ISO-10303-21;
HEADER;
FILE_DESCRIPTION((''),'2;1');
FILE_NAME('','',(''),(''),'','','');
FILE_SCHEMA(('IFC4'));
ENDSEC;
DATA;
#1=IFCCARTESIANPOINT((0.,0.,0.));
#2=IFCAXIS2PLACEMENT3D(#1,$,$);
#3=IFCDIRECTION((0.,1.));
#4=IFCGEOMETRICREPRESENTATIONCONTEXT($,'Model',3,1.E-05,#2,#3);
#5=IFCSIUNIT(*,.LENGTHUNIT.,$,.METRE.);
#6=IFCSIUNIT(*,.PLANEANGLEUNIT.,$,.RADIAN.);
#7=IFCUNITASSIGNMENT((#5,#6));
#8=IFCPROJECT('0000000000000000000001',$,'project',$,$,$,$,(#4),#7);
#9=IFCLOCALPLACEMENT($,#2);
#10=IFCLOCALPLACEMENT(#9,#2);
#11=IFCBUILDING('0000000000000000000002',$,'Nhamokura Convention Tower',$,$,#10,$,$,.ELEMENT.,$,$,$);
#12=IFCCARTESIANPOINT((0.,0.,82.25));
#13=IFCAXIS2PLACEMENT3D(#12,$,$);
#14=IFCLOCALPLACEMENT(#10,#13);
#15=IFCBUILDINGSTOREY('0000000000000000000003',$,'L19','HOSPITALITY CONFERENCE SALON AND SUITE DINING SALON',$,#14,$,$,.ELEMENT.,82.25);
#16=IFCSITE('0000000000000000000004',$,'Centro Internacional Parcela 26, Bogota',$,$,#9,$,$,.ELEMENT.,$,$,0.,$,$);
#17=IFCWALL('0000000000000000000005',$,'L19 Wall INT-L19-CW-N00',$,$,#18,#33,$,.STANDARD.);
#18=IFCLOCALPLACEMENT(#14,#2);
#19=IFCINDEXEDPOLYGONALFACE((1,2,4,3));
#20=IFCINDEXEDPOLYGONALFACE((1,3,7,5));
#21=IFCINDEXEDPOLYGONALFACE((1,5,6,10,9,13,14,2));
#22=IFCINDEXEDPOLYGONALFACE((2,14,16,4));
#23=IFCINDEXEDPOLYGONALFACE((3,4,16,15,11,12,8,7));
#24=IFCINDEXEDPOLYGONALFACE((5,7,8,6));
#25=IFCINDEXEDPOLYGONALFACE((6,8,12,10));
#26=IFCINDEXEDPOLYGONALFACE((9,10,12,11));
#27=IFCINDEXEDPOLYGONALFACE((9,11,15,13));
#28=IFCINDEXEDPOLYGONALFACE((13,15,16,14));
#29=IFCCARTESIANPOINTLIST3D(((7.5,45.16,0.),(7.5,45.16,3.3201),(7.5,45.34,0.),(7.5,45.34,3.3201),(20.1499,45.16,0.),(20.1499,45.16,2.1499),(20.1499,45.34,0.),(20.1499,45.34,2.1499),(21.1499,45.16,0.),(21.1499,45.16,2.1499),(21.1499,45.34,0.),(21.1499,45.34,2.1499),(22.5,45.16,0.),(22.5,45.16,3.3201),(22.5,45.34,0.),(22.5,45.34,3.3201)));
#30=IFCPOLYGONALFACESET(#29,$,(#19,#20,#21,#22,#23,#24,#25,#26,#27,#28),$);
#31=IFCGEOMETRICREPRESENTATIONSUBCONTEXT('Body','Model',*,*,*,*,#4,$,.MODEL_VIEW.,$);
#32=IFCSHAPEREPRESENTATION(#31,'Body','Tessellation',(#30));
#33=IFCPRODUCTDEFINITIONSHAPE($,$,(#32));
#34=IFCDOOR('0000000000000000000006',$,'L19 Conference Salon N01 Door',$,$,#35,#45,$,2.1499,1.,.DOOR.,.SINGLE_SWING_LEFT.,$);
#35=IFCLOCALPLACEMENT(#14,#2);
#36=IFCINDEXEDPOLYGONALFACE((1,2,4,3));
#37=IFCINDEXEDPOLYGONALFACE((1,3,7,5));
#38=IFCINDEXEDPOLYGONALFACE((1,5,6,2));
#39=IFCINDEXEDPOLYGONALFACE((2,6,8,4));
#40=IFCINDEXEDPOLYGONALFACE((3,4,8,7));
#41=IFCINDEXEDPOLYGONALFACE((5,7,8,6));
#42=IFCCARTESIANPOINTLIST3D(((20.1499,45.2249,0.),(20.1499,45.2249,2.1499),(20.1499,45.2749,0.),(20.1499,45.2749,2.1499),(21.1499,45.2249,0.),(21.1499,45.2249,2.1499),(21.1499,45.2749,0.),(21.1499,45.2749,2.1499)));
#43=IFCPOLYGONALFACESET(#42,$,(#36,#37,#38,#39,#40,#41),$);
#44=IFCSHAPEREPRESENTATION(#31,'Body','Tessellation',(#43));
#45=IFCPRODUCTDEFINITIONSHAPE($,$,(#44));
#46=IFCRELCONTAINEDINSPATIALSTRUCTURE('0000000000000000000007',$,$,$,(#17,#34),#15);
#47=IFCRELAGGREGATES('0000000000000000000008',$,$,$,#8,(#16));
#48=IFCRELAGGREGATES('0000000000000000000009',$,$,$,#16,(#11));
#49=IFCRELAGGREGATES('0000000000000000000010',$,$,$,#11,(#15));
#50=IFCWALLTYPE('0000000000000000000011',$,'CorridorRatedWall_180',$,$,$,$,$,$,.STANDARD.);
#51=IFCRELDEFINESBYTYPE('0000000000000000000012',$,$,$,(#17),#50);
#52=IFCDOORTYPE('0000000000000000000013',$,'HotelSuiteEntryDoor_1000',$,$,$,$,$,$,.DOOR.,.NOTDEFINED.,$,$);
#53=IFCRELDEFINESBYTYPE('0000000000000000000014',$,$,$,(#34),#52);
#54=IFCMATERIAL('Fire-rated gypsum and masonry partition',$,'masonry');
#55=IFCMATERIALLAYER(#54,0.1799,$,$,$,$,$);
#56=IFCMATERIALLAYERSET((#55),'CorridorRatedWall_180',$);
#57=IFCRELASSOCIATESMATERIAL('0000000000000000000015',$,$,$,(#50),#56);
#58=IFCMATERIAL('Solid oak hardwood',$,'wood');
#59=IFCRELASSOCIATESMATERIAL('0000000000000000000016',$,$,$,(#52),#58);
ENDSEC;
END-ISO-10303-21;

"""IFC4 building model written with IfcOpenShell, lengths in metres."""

from ifc_helpers import new_model, si_unit, direction, frame, frame_2d, origin, place, context, subcontext, project, spatial, rectangle, extrude, material, layer, layer_set, type_object, element, fill, save


model = new_model("IFC4")

# Units and contexts
model_context = context("Model", 3, precision=1e-05, world=origin(), true_north=direction((0.0, 1.0)))
body_context = subcontext(model_context, "Body", "Model", "MODEL_VIEW")
ifc_project = project(units=[si_unit("LENGTHUNIT", "METRE"), si_unit("PLANEANGLEUNIT", "RADIAN")], contexts=[model_context])

# Site, building, storey
site_placement = place(None, origin())
site = spatial("IfcSite", under=ifc_project, at=site_placement, Name="Centro Internacional Parcela 26, Bogota", CompositionType="ELEMENT", RefElevation=0.0)
building_placement = place(site_placement, origin())
building = spatial("IfcBuilding", under=site, at=building_placement, Name="Nhamokura Convention Tower", CompositionType="ELEMENT")
storey_placement = place(building_placement, frame((0.0, 0.0, 82.25)))
storey = spatial("IfcBuildingStorey", under=building, at=storey_placement, Name="L19", Description="HOSPITALITY CONFERENCE SALON AND SUITE DINING SALON", CompositionType="ELEMENT", Elevation=82.25)

# Wall, opening, door
ifc_material_1 = material(Name="Fire-rated gypsum and masonry partition", Category="masonry")
ifc_layer_1 = layer(ifc_material_1, 0.1799)
ifc_layer_set_1 = layer_set([ifc_layer_1], Name="CorridorRatedWall_180")
wall_type_1 = type_object("IfcWallType", Name="CorridorRatedWall_180", PredefinedType="STANDARD", material=ifc_layer_set_1)
wall_placement = place(storey_placement, frame((7.5, 45.25, 0.0), z_axis=(0.0, 0.0, 1.0), x_axis=(1.0, 0.0, 0.0)))
wall = element("IfcWall", 1, at=wall_placement, inside=storey, type_object=wall_type_1, Name="L19 Wall INT-L19-CW-N00", PredefinedType="STANDARD", context=body_context, shape_type="SweptSolid", body=[
    extrude(rectangle(XDim=15.0, YDim=0.1799, at=frame_2d((7.5, 0.0))), origin(), (0.0, 0.0, 1.0), 3.3201),
])
opening_placement = place(wall_placement, frame((12.6499, 0.0, 0.0)))
opening = element("IfcOpeningElement", 2, at=opening_placement, cuts=wall, PredefinedType="OPENING", context=body_context, shape_type="SweptSolid", body=[
    extrude(rectangle(XDim=1.0, YDim=2.1499, at=frame_2d((0.5, 1.075))), frame((0.0, 0.0999, 0.0), z_axis=(0.0, -1.0, 0.0), x_axis=(1.0, 0.0, 0.0)), (0.0, 0.0, 1.0), 0.2),
])
ifc_material_2 = material(Name="Solid oak hardwood", Category="wood")
door_type = type_object("IfcDoorType", Name="HotelSuiteEntryDoor_1000", OperationType="NOTDEFINED", PredefinedType="DOOR", material=ifc_material_2)
door_placement = place(opening_placement, origin())
door = element("IfcDoor", 3, at=door_placement, inside=storey, type_object=door_type, Name="L19 Conference Salon N01 Door", OperationType="SINGLE_SWING_LEFT", OverallHeight=2.1499, OverallWidth=1.0, PredefinedType="DOOR", context=body_context, shape_type="SweptSolid", body=[
    extrude(rectangle(XDim=1.0, YDim=2.1499, at=frame_2d((0.5, 1.075))), frame((0.0, 0.0249, 0.0), z_axis=(0.0, -1.0, 0.0), x_axis=(1.0, 0.0, 0.0)), (0.0, 0.0, 1.0), 0.05),
])
fill(opening, door)

save(model, "model.ifc")
